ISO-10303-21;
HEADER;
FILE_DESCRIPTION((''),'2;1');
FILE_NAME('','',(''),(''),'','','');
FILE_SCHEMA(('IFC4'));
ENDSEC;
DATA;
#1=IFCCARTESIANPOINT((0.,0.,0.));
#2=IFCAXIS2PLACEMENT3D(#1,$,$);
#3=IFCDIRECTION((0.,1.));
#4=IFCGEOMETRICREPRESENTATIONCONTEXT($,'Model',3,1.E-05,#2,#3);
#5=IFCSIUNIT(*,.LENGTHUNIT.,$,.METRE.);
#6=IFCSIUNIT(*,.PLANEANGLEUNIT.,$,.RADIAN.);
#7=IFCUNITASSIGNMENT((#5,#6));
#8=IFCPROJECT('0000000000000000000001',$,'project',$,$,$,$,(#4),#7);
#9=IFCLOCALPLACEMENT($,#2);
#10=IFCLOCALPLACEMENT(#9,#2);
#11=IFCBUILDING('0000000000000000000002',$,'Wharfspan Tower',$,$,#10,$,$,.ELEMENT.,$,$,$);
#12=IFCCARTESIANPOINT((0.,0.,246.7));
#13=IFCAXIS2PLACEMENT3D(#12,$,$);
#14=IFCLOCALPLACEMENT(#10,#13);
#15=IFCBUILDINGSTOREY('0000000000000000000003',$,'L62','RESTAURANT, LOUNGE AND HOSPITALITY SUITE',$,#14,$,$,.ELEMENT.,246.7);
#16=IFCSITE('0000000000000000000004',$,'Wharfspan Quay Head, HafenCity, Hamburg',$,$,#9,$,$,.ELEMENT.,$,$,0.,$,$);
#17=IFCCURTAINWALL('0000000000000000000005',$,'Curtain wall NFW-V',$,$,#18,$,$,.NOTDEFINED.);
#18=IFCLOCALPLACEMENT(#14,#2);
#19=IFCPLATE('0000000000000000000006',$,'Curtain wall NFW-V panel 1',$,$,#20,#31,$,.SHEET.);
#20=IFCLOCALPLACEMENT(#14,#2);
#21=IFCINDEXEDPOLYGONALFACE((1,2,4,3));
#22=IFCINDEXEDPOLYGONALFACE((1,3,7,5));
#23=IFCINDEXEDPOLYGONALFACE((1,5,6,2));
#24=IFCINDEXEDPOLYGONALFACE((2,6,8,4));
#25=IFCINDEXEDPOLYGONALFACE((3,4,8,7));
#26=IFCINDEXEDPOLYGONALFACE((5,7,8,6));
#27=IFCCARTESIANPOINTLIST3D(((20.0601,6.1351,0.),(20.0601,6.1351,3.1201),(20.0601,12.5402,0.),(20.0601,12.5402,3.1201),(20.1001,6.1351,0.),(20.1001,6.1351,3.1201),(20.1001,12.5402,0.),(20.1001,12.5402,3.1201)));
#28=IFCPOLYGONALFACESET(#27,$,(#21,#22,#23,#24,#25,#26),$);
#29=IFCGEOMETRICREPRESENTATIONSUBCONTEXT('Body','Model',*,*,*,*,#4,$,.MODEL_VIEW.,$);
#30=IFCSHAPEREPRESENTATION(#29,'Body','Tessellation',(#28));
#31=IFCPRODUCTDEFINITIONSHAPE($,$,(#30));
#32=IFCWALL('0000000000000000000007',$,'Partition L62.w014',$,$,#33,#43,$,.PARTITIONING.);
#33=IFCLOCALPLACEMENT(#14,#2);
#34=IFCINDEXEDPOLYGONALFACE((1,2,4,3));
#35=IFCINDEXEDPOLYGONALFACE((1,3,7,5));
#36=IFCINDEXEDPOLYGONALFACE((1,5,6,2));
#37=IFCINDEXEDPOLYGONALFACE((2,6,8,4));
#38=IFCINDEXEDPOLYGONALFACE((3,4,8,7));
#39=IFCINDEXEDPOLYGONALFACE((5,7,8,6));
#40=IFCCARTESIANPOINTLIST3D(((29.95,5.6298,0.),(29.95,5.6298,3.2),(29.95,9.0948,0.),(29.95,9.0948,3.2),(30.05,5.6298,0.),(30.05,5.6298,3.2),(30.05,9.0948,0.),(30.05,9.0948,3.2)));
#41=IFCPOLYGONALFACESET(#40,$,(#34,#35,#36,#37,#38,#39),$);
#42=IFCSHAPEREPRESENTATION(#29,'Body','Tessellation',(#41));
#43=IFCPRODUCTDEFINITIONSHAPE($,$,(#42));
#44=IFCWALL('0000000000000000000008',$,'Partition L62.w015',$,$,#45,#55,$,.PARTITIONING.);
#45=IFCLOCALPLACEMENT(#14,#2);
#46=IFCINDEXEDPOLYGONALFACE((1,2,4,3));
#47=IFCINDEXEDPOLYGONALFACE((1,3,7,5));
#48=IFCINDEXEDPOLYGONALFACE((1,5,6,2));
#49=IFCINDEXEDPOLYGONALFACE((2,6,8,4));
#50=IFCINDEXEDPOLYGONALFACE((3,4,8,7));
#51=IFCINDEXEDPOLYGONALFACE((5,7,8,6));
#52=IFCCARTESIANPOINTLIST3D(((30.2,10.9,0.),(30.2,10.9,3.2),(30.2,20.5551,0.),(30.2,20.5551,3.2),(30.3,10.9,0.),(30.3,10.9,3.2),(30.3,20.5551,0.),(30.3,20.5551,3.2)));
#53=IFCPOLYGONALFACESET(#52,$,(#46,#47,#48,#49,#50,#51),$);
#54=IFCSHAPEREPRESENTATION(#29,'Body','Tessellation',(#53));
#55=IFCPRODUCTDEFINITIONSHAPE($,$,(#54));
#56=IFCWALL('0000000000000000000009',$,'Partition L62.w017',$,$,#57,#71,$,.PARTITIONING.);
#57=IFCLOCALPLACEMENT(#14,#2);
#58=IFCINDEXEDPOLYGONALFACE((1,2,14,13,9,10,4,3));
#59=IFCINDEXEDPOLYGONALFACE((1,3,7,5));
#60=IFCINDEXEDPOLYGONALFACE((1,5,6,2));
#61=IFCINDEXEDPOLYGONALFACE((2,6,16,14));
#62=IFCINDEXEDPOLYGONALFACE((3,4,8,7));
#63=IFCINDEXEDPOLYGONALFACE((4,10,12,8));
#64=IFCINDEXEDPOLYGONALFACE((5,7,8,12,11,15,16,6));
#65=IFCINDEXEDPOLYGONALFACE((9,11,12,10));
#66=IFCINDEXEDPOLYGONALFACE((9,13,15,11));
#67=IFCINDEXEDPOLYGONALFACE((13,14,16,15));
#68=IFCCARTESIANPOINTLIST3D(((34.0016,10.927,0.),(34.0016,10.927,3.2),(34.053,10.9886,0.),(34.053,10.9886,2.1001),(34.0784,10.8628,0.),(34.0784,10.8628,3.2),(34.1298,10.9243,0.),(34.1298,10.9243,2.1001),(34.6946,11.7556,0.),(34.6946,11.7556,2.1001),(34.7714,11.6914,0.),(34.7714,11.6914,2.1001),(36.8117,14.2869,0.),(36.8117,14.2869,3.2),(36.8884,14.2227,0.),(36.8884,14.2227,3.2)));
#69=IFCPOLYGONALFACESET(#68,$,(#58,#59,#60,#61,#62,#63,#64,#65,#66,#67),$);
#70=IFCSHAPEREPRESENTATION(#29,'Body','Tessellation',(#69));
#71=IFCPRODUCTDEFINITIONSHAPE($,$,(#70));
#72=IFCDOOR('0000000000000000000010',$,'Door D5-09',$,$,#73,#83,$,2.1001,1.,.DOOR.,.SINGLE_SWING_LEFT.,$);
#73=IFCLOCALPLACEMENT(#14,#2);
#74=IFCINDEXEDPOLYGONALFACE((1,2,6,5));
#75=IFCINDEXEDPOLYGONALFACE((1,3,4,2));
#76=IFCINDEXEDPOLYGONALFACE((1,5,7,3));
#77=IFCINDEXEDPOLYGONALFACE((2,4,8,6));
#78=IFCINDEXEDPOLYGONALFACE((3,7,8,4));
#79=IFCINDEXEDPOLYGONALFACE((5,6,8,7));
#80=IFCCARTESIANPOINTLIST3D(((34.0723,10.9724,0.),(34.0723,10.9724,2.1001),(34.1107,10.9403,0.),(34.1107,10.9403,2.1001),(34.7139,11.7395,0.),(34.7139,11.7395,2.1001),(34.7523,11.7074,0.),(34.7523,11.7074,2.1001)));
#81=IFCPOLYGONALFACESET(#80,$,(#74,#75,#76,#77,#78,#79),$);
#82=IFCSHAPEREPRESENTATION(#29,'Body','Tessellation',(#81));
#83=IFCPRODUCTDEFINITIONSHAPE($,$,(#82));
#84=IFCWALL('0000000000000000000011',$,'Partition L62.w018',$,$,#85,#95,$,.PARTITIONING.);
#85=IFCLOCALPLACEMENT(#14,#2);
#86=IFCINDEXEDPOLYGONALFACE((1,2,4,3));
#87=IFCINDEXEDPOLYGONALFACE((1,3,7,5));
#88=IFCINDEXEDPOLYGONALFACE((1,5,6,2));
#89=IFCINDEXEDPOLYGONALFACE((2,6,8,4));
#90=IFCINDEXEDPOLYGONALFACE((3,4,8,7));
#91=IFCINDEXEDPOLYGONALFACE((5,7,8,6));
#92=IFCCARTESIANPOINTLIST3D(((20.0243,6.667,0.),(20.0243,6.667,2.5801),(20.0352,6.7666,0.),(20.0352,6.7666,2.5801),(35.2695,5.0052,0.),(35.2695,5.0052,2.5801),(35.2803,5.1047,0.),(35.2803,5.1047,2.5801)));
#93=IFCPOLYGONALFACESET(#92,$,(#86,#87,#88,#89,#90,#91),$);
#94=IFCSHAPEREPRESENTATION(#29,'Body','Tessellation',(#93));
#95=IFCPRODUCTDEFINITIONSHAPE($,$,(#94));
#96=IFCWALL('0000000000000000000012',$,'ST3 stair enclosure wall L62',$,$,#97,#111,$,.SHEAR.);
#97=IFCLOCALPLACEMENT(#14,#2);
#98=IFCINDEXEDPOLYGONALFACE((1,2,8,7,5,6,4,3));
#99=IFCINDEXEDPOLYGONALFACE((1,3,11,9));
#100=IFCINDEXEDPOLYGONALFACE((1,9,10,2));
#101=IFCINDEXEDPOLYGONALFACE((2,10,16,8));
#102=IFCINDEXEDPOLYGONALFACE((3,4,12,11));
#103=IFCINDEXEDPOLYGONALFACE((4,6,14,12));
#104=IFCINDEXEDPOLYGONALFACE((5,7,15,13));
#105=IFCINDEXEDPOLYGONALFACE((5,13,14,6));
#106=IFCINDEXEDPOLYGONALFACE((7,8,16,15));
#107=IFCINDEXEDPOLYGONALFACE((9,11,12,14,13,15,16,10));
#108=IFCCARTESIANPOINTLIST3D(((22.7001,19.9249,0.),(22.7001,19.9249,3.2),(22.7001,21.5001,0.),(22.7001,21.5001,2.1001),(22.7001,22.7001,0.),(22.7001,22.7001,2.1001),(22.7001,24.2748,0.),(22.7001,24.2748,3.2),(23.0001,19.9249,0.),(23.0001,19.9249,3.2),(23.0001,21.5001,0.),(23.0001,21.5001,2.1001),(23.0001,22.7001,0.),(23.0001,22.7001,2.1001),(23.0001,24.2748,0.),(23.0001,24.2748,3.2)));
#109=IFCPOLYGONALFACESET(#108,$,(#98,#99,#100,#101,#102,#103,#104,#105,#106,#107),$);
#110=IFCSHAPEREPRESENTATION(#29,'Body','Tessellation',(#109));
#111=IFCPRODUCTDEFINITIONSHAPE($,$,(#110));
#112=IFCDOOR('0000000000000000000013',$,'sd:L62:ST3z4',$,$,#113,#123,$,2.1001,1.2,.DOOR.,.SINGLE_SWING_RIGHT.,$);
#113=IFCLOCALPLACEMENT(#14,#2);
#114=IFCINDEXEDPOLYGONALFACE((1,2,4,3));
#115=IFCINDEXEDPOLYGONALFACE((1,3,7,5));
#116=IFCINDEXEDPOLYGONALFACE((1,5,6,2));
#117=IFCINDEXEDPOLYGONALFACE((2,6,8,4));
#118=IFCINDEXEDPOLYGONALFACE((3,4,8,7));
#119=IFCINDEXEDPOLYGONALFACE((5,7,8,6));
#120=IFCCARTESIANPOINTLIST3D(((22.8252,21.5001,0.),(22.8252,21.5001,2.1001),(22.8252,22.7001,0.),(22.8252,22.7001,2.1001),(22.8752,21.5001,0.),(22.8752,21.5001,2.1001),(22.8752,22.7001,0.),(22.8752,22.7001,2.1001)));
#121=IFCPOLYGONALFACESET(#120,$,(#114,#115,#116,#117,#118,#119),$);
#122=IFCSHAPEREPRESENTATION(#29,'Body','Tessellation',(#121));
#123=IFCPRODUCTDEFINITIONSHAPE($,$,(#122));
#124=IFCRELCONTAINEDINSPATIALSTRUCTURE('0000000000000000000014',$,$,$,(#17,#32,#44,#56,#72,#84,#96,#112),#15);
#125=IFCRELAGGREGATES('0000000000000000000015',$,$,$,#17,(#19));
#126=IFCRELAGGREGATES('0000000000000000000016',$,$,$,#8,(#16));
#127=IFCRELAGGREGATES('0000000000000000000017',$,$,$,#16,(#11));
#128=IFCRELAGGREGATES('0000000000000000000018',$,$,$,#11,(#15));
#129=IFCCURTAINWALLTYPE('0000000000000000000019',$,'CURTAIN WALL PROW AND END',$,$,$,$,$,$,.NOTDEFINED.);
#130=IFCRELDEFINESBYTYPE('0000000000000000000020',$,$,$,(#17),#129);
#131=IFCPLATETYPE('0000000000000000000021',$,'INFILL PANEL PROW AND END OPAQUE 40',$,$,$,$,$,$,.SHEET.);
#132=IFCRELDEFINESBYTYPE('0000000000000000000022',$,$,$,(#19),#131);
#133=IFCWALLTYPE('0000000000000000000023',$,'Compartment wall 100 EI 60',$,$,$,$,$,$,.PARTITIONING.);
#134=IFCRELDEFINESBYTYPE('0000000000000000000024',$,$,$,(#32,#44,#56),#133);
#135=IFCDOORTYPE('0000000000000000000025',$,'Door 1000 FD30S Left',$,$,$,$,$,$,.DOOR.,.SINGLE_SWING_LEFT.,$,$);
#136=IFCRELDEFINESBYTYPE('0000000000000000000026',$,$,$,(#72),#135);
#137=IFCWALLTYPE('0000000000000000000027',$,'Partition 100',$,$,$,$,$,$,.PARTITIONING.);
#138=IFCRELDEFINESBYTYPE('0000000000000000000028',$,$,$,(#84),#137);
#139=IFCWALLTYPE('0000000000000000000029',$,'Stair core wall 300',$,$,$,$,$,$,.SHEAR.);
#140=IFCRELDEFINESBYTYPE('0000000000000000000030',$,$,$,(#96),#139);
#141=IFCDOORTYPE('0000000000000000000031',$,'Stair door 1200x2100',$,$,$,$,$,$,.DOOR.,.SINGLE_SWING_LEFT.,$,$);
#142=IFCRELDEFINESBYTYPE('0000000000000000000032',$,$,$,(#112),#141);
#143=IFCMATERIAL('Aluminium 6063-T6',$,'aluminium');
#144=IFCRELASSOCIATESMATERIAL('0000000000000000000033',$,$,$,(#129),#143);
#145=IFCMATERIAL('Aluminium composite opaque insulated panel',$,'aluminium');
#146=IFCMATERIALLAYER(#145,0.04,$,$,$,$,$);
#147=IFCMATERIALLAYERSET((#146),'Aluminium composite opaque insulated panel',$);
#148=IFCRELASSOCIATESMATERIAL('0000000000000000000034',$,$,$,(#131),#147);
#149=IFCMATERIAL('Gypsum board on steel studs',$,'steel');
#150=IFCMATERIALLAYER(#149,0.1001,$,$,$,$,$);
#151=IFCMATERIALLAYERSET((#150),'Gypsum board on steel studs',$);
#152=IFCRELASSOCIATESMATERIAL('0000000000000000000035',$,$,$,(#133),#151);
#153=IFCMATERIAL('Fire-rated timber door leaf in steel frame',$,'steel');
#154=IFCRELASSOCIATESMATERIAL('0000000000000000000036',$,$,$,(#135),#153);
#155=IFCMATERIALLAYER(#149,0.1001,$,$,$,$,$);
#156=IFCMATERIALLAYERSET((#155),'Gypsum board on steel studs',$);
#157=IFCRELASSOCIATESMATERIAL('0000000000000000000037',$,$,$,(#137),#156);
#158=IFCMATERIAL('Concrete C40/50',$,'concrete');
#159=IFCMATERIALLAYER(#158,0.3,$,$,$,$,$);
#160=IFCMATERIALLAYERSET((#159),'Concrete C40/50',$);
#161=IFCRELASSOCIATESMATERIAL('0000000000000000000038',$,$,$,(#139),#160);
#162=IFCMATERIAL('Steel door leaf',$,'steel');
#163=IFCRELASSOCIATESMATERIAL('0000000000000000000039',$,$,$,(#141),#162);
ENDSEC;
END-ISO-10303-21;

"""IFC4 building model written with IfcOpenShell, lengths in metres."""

from ifc_helpers import new_model, si_unit, direction, frame, frame_2d, origin, origin_2d, place, context, subcontext, project, spatial, rectangle, extrude, material, layer, layer_set, type_object, element, fill, aggregate, save


model = new_model("IFC4")

# Units and contexts
model_context = context("Model", 3, precision=1e-05, world=origin(), true_north=direction((0.0, 1.0)))
body_context = subcontext(model_context, "Body", "Model", "MODEL_VIEW")
ifc_project = project(units=[si_unit("LENGTHUNIT", "METRE"), si_unit("PLANEANGLEUNIT", "RADIAN")], contexts=[model_context])

# Site, building, storey
site_placement = place(None, origin())
site = spatial("IfcSite", under=ifc_project, at=site_placement, Name="Wharfspan Quay Head, HafenCity, Hamburg", CompositionType="ELEMENT", RefElevation=0.0)
building_placement = place(site_placement, origin())
building = spatial("IfcBuilding", under=site, at=building_placement, Name="Wharfspan Tower", CompositionType="ELEMENT")
storey_placement = place(building_placement, frame((0.0, 0.0, 246.7)))
storey = spatial("IfcBuildingStorey", under=building, at=storey_placement, Name="L62", Description="RESTAURANT, LOUNGE AND HOSPITALITY SUITE", CompositionType="ELEMENT", Elevation=246.7)

# Shared definitions
ifc_material_1 = material(Name="Aluminium 6063-T6", Category="aluminium")
ifc_material_2 = material(Name="Aluminium composite opaque insulated panel", Category="aluminium")

# Curtain wall, plate
curtain_wall_type_1 = type_object("IfcCurtainWallType", Name="CURTAIN WALL PROW AND END", PredefinedType="NOTDEFINED", material=ifc_material_1)
curtain_wall_1_placement = place(storey_placement, origin())
curtain_wall_1 = element("IfcCurtainWall", 1, at=curtain_wall_1_placement, inside=storey, type_object=curtain_wall_type_1, Name="Curtain wall NFW-V", PredefinedType="NOTDEFINED")
ifc_layer_1 = layer(ifc_material_2, 0.04)
ifc_layer_set_1 = layer_set([ifc_layer_1], Name="Aluminium composite opaque insulated panel")
plate_type_1 = type_object("IfcPlateType", Name="INFILL PANEL PROW AND END OPAQUE 40", PredefinedType="SHEET", material=ifc_layer_set_1)
plate_1_placement = place(storey_placement, frame((20.0801, 9.3376, 0.0), z_axis=(0.0, 0.0, 1.0), x_axis=(0.0, -1.0, 0.0)))
plate_1 = element("IfcPlate", 2, at=plate_1_placement, type_object=plate_type_1, Name="Curtain wall NFW-V panel 1", PredefinedType="SHEET", context=body_context, shape_type="SweptSolid", body=[
    extrude(rectangle(XDim=6.405, YDim=0.04, at=origin_2d()), origin(), (0.0, 0.0, 1.0), 3.1201),
])
aggregate(curtain_wall_1, [plate_1])

# Walls
ifc_material_3 = material(Name="Gypsum board on steel studs", Category="steel")
ifc_layer_2 = layer(ifc_material_3, 0.1001)
ifc_layer_set_2 = layer_set([ifc_layer_2], Name="Gypsum board on steel studs")
wall_type_1 = type_object("IfcWallType", Name="Compartment wall 100 EI 60", PredefinedType="PARTITIONING", material=ifc_layer_set_2)
wall_1_placement = place(storey_placement, frame((30.0, 5.6299, 0.0), z_axis=(0.0, 0.0, 1.0), x_axis=(0.0, 1.0, 0.0)))
element("IfcWall", 3, at=wall_1_placement, inside=storey, type_object=wall_type_1, Name="Partition L62.w014", PredefinedType="PARTITIONING", context=body_context, shape_type="SweptSolid", body=[
    extrude(rectangle(XDim=3.4651, YDim=0.1001, at=frame_2d((1.7324, 0.0))), origin(), (0.0, 0.0, 1.0), 3.2),
])
wall_2_placement = place(storey_placement, frame((30.25, 10.8999, 0.0), z_axis=(0.0, 0.0, 1.0), x_axis=(0.0, 1.0, 0.0)))
element("IfcWall", 4, at=wall_2_placement, inside=storey, type_object=wall_type_1, Name="Partition L62.w015", PredefinedType="PARTITIONING", context=body_context, shape_type="SweptSolid", body=[
    extrude(rectangle(XDim=9.655, YDim=0.1001, at=frame_2d((4.8276, 0.0))), origin(), (0.0, 0.0, 1.0), 3.2),
])

# Wall, opening, door
wall_3_placement = place(storey_placement, frame((34.04, 10.895, 0.0), z_axis=(0.0, 0.0, 1.0), x_axis=(0.641555, 0.767079, 0.0)))
wall_3 = element("IfcWall", 5, at=wall_3_placement, inside=storey, type_object=wall_type_1, Name="Partition L62.w017", PredefinedType="PARTITIONING", context=body_context, shape_type="SweptSolid", body=[
    extrude(rectangle(XDim=4.3801, YDim=0.1001, at=frame_2d((2.1899, 0.0))), origin(), (0.0, 0.0, 1.0), 3.2),
])
opening_1_placement = place(wall_3_placement, frame((0.0801, 0.0, 0.0)))
opening_1 = element("IfcOpeningElement", 6, at=opening_1_placement, cuts=wall_3, PredefinedType="OPENING", context=body_context, shape_type="SweptSolid", body=[
    extrude(rectangle(XDim=1.0, YDim=2.1001, at=frame_2d((0.5, 1.05))), frame((0.0, 0.0601, 0.0), z_axis=(0.0, -1.0, 0.0), x_axis=(1.0, 0.0, 0.0)), (0.0, 0.0, 1.0), 0.1201),
])
ifc_material_4 = material(Name="Fire-rated timber door leaf in steel frame", Category="steel")
door_type_1 = type_object("IfcDoorType", Name="Door 1000 FD30S Left", OperationType="SINGLE_SWING_LEFT", PredefinedType="DOOR", material=ifc_material_4)
door_1_placement = place(opening_1_placement, origin())
door_1 = element("IfcDoor", 7, at=door_1_placement, inside=storey, type_object=door_type_1, Name="Door D5-09", OperationType="SINGLE_SWING_LEFT", OverallHeight=2.1001, OverallWidth=1.0, PredefinedType="DOOR", context=body_context, shape_type="SweptSolid", body=[
    extrude(rectangle(XDim=1.0, YDim=2.1001, at=frame_2d((0.5, 1.05))), frame((0.0, 0.0249, 0.0), z_axis=(0.0, -1.0, 0.0), x_axis=(1.0, 0.0, 0.0)), (0.0, 0.0, 1.0), 0.05),
])
fill(opening_1, door_1)

# Wall
ifc_layer_3 = layer(ifc_material_3, 0.1001)
ifc_layer_set_3 = layer_set([ifc_layer_3], Name="Gypsum board on steel studs")
wall_type_2 = type_object("IfcWallType", Name="Partition 100", PredefinedType="PARTITIONING", material=ifc_layer_set_3)
wall_4_placement = place(storey_placement, frame((35.2749, 5.0549, 0.0), z_axis=(0.0, 0.0, 1.0), x_axis=(-0.994114, 0.108368, 0.0)))
element("IfcWall", 8, at=wall_4_placement, inside=storey, type_object=wall_type_2, Name="Partition L62.w018", PredefinedType="PARTITIONING", context=body_context, shape_type="SweptSolid", body=[
    extrude(rectangle(XDim=15.3354, YDim=0.1001, at=frame_2d((7.6677, 0.0))), origin(), (0.0, 0.0, 1.0), 2.5801),
])

# Wall, opening, door
ifc_material_5 = material(Name="Concrete C40/50", Category="concrete")
ifc_layer_4 = layer(ifc_material_5, 0.3)
ifc_layer_set_4 = layer_set([ifc_layer_4], Name="Concrete C40/50")
wall_type_3 = type_object("IfcWallType", Name="Stair core wall 300", PredefinedType="SHEAR", material=ifc_layer_set_4)
wall_5_placement = place(storey_placement, frame((22.8501, 19.925, 0.0), z_axis=(0.0, 0.0, 1.0), x_axis=(0.0, 1.0, 0.0)))
wall_5 = element("IfcWall", 9, at=wall_5_placement, inside=storey, type_object=wall_type_3, Name="ST3 stair enclosure wall L62", PredefinedType="SHEAR", context=body_context, shape_type="SweptSolid", body=[
    extrude(rectangle(XDim=4.3499, YDim=0.3, at=frame_2d((2.1748, 0.0))), origin(), (0.0, 0.0, 1.0), 3.2),
])
opening_2_placement = place(wall_5_placement, frame((1.575, 0.0, 0.0)))
opening_2 = element("IfcOpeningElement", 10, at=opening_2_placement, cuts=wall_5, PredefinedType="OPENING", context=body_context, shape_type="SweptSolid", body=[
    extrude(rectangle(XDim=1.2, YDim=2.1001, at=frame_2d((0.6001, 1.05))), frame((0.0, 0.1599, 0.0), z_axis=(0.0, -1.0, 0.0), x_axis=(1.0, 0.0, 0.0)), (0.0, 0.0, 1.0), 0.3201),
])
ifc_material_6 = material(Name="Steel door leaf", Category="steel")
door_type_2 = type_object("IfcDoorType", Name="Stair door 1200x2100", OperationType="SINGLE_SWING_LEFT", PredefinedType="DOOR", material=ifc_material_6)
door_2_placement = place(opening_2_placement, origin())
door_2 = element("IfcDoor", 11, at=door_2_placement, inside=storey, type_object=door_type_2, Name="sd:L62:ST3z4", OperationType="SINGLE_SWING_RIGHT", OverallHeight=2.1001, OverallWidth=1.2, PredefinedType="DOOR", context=body_context, shape_type="SweptSolid", body=[
    extrude(rectangle(XDim=1.2, YDim=2.1001, at=frame_2d((0.6001, 1.05))), frame((0.0, 0.0249, 0.0), z_axis=(0.0, -1.0, 0.0), x_axis=(1.0, 0.0, 0.0)), (0.0, 0.0, 1.0), 0.05),
])
fill(opening_2, door_2)

save(model, "model.ifc")
